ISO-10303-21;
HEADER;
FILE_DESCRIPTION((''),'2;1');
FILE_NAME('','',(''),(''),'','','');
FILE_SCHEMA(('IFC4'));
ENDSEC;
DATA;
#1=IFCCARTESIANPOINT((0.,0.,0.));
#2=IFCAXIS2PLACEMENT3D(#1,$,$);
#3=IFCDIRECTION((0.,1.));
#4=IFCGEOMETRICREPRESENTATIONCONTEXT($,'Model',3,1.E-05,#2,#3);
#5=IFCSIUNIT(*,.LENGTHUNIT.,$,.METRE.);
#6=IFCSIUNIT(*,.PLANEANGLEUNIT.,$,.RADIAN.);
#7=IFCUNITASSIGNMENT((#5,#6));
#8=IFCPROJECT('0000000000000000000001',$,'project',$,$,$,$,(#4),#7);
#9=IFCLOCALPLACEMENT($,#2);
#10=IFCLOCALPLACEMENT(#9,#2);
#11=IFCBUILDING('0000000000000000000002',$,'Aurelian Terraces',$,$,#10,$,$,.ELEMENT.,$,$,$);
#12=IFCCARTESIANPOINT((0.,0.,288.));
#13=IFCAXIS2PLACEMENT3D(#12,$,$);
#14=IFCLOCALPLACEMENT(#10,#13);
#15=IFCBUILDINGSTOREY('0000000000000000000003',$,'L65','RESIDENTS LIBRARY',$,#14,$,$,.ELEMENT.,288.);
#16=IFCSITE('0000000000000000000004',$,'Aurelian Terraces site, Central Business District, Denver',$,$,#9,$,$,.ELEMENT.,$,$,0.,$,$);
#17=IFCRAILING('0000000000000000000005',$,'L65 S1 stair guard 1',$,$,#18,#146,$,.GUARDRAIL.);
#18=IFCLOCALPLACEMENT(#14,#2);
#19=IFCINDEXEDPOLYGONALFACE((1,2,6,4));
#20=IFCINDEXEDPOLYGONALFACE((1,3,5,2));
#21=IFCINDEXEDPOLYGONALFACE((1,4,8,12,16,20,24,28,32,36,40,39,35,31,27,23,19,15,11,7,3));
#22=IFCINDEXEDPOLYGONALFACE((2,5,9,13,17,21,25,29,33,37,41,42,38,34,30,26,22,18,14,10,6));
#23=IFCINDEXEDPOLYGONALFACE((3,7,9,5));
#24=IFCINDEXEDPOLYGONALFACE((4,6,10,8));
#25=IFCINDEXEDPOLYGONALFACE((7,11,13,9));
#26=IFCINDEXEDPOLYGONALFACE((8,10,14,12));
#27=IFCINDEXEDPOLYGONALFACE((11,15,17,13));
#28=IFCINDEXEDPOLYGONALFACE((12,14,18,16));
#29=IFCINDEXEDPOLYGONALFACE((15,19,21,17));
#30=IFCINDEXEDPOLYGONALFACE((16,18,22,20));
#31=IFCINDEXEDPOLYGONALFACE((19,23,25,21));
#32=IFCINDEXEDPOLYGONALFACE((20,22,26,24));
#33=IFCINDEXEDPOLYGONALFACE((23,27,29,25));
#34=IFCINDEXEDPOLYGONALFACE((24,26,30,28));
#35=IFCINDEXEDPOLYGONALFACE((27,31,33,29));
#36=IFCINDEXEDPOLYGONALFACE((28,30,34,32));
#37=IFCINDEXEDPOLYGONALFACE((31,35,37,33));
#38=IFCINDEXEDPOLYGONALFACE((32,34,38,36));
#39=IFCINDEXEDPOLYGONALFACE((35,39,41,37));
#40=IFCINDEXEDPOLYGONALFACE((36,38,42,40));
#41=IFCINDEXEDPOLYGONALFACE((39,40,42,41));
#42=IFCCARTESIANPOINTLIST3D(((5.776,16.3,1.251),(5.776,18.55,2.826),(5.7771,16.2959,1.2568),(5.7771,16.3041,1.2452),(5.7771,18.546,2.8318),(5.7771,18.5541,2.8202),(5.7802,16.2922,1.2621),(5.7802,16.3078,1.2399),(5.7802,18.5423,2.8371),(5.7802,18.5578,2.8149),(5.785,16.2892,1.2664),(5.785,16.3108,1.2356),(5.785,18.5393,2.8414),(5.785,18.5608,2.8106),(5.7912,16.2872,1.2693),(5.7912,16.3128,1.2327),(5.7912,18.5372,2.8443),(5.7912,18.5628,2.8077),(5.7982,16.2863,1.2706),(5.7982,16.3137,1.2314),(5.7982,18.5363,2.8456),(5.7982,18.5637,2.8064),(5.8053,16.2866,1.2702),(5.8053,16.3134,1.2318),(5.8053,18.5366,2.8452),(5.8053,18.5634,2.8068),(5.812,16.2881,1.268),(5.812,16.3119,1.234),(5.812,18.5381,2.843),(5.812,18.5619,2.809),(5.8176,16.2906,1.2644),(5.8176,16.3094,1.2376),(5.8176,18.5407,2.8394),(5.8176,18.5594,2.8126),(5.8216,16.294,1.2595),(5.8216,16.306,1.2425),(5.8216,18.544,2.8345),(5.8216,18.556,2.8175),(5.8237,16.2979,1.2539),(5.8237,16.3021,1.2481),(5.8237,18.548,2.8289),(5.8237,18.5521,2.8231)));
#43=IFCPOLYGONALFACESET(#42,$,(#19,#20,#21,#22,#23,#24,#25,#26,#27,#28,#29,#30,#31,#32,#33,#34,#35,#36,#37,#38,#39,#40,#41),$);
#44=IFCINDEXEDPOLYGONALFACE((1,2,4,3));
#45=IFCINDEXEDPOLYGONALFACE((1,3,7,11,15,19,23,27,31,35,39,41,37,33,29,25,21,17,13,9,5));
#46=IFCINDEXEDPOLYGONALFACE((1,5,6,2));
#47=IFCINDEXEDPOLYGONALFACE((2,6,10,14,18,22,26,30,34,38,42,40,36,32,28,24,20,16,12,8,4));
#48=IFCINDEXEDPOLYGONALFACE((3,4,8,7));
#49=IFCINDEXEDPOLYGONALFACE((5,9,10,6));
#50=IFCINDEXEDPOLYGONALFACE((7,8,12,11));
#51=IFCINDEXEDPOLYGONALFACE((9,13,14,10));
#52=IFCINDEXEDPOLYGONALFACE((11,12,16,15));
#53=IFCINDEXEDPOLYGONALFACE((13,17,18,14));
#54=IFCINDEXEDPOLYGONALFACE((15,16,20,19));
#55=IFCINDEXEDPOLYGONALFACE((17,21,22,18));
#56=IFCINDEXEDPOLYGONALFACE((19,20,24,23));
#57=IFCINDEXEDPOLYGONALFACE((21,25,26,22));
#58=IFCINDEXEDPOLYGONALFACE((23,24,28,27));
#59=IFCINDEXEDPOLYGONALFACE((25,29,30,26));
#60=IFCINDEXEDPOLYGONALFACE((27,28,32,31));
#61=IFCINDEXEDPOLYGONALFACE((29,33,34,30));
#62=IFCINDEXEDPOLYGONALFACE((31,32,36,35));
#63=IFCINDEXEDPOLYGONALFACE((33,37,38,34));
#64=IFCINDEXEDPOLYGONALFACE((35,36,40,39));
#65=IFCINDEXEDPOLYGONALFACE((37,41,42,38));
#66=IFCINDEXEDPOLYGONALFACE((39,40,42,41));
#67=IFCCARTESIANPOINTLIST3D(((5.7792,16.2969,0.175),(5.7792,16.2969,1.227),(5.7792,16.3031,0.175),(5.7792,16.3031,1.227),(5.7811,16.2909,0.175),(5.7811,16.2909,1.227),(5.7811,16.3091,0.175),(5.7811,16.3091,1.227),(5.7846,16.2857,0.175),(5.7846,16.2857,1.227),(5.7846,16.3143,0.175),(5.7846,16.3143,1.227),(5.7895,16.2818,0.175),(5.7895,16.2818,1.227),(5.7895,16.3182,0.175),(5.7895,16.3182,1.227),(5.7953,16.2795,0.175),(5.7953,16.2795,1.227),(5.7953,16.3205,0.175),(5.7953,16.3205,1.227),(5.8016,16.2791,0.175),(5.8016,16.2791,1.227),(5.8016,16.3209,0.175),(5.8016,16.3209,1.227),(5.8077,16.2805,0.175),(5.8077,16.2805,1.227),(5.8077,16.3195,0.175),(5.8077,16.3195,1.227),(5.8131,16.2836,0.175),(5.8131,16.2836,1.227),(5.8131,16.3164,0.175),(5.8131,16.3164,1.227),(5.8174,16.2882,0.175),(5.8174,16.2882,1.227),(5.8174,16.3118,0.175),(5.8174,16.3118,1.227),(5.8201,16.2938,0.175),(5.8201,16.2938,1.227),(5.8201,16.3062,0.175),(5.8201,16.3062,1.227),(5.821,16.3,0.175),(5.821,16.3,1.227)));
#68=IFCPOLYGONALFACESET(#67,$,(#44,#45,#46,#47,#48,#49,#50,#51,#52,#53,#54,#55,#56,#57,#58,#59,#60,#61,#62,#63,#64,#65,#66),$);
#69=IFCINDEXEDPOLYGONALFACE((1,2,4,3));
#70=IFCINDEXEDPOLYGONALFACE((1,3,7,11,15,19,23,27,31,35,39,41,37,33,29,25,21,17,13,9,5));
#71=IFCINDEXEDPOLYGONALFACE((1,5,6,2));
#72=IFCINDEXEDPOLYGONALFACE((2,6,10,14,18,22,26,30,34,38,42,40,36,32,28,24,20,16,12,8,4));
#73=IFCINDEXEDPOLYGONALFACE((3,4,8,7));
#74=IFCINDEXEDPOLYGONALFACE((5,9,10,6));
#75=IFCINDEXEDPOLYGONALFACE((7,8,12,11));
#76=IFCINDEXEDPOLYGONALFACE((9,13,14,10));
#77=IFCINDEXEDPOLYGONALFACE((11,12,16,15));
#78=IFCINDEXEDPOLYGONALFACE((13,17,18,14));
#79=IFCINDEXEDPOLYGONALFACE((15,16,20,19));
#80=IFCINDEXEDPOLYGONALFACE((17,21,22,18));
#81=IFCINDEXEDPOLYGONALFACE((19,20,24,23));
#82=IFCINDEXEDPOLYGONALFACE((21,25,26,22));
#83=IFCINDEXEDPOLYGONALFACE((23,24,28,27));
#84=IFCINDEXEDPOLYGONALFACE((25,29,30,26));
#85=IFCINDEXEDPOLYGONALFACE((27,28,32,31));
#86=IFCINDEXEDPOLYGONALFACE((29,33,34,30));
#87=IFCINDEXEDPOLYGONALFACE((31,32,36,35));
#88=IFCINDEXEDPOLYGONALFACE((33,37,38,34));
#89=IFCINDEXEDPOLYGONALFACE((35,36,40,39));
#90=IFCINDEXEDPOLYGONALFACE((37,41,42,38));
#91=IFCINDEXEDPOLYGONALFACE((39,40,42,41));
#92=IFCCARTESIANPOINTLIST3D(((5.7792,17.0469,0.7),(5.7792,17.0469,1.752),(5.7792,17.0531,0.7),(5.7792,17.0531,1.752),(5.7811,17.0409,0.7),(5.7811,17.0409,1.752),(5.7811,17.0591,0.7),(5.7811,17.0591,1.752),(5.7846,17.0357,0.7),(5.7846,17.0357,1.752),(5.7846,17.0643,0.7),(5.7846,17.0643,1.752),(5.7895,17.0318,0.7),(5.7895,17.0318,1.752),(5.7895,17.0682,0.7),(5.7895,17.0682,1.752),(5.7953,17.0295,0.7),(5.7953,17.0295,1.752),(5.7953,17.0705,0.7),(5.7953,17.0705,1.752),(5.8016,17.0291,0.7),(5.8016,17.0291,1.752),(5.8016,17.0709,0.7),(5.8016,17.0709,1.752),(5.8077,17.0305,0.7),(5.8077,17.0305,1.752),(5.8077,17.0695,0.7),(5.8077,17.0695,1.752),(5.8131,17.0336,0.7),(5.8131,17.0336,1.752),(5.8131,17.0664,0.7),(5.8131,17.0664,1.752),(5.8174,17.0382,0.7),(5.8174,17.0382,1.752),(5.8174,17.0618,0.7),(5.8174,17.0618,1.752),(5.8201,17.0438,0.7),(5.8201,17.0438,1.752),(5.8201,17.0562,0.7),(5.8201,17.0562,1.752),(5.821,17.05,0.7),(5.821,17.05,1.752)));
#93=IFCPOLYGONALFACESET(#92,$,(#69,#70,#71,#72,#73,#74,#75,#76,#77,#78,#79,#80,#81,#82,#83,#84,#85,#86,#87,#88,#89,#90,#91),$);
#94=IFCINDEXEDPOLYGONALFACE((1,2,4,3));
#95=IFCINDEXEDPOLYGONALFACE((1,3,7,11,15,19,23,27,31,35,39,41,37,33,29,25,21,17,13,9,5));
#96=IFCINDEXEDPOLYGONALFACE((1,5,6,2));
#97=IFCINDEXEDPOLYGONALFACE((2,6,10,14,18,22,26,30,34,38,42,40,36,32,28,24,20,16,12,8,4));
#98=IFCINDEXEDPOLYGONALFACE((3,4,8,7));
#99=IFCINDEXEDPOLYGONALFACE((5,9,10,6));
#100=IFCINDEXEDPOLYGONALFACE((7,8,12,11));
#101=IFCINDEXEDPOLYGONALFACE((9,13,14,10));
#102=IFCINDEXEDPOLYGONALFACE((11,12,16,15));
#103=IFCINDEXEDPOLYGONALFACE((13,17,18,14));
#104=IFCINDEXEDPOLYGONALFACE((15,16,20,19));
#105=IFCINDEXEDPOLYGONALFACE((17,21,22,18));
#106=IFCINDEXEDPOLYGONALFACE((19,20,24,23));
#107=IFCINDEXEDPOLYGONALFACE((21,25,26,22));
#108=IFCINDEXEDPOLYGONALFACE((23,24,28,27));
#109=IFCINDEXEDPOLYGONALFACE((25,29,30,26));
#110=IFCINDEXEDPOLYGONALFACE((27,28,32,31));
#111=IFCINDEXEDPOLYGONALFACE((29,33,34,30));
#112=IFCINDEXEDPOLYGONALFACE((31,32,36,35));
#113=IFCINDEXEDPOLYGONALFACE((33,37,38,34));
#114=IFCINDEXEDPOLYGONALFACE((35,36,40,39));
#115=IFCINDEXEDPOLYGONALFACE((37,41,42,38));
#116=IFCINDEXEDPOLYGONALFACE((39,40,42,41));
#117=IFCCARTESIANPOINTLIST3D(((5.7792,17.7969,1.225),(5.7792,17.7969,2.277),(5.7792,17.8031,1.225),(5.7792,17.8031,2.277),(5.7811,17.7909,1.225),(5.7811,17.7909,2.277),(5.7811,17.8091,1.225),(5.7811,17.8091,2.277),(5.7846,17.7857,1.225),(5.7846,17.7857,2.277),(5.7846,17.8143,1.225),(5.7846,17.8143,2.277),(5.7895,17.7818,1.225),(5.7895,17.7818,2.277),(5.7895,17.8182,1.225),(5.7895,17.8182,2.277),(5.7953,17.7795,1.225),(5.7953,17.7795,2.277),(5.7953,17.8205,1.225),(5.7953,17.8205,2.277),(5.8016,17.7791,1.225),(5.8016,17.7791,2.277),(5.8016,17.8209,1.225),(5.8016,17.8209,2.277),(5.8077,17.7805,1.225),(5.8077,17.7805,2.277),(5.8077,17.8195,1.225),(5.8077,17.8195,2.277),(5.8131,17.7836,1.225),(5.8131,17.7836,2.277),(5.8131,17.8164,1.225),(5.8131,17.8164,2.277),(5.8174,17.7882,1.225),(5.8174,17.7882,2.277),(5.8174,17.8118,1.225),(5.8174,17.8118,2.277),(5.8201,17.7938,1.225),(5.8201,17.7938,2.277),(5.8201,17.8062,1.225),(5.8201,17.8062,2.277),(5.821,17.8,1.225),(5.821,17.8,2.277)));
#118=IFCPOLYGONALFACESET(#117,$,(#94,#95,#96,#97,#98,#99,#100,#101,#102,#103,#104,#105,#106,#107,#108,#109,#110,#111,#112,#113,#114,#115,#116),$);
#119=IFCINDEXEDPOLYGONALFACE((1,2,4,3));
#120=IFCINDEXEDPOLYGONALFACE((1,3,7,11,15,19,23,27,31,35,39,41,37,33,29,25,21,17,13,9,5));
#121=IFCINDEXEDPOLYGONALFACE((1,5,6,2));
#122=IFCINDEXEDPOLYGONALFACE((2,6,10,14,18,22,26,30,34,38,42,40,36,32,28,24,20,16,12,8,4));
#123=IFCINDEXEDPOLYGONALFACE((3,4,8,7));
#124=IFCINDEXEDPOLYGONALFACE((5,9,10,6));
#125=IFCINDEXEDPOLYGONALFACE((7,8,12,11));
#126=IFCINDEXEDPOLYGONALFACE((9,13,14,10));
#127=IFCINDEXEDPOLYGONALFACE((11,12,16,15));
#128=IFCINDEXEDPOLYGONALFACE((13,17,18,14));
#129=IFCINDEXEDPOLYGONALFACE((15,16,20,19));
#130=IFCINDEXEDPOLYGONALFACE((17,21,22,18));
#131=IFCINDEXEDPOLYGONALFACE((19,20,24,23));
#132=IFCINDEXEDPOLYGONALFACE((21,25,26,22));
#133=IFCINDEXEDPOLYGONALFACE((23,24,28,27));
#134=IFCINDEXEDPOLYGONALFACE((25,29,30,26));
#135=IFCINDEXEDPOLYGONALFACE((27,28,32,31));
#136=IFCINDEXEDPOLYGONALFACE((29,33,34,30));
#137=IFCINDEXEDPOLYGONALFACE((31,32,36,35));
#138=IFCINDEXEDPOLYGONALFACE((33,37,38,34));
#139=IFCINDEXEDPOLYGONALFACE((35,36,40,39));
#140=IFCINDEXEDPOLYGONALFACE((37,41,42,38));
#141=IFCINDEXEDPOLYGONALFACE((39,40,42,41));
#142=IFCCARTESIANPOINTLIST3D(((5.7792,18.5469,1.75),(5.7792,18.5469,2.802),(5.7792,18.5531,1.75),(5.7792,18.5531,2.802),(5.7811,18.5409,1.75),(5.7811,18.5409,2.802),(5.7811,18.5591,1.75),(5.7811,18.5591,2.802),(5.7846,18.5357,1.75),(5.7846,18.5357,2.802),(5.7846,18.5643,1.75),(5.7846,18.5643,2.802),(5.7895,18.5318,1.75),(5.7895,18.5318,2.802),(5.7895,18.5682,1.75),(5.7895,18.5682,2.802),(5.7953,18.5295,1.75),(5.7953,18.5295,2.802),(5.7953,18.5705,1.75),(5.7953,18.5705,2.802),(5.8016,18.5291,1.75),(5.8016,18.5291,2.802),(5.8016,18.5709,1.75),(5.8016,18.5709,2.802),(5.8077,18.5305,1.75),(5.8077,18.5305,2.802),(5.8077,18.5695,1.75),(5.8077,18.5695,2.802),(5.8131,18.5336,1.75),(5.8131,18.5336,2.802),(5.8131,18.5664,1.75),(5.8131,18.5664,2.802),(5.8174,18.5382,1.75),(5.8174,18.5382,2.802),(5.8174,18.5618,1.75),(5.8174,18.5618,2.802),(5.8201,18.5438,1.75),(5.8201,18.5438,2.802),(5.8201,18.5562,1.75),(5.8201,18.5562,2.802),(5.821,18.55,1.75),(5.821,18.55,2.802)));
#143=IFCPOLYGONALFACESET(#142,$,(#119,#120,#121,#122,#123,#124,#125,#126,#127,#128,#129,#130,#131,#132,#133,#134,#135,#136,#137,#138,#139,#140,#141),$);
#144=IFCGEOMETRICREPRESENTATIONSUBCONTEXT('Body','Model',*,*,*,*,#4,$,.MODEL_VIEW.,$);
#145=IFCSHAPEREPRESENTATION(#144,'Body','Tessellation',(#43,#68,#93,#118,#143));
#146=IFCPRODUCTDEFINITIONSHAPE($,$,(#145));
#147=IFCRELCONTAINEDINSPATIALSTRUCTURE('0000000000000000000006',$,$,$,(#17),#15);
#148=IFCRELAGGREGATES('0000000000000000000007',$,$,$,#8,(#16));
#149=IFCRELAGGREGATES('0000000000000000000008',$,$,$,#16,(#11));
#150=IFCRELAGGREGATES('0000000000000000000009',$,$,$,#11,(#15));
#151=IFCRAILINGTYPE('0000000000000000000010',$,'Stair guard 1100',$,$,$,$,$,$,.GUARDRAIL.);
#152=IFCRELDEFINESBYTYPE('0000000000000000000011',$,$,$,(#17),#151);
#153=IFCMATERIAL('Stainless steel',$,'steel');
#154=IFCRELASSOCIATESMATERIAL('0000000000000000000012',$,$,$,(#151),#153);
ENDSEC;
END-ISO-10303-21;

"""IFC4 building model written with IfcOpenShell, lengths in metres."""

from ifc_helpers import new_model, si_unit, direction, frame, origin, origin_2d, place, context, subcontext, project, spatial, circle, extrude, source, transform, mapped, material, type_object, element, save


model = new_model("IFC4")

# Units and contexts
model_context = context("Model", 3, precision=1e-05, world=origin(), true_north=direction((0.0, 1.0)))
body_context = subcontext(model_context, "Body", "Model", "MODEL_VIEW")
ifc_project = project(units=[si_unit("LENGTHUNIT", "METRE"), si_unit("PLANEANGLEUNIT", "RADIAN")], contexts=[model_context])

# Site, building, storey
site_placement = place(None, origin())
site = spatial("IfcSite", under=ifc_project, at=site_placement, Name="Aurelian Terraces site, Central Business District, Denver", CompositionType="ELEMENT", RefElevation=0.0)
building_placement = place(site_placement, origin())
building = spatial("IfcBuilding", under=site, at=building_placement, Name="Aurelian Terraces", CompositionType="ELEMENT")
storey_placement = place(building_placement, frame((0.0, 0.0, 288.0)))
storey = spatial("IfcBuildingStorey", under=building, at=storey_placement, Name="L65", Description="RESIDENTS LIBRARY", CompositionType="ELEMENT", Elevation=288.0)

# Railing
ifc_material_1 = material(Name="Stainless steel", Category="steel")
railing_type_1 = type_object("IfcRailingType", Name="Stair guard 1100", PredefinedType="GUARDRAIL", material=ifc_material_1)
shared_shape_1 = source(origin(), body_context, "Body", "SweptSolid", [
    extrude(circle(Radius=0.024, at=origin_2d()), frame((0.0, 0.0, 1.076), z_axis=(0.0, 0.819232, 0.573462), x_axis=(-1.0, 0.0, 0.0)), (0.0, 0.0, 1.0), 2.7465),
    extrude(circle(Radius=0.021, at=origin_2d()), origin(), (0.0, 0.0, 1.0), 1.052),
    extrude(circle(Radius=0.021, at=origin_2d()), frame((0.0, 0.75, 0.525)), (0.0, 0.0, 1.0), 1.052),
    extrude(circle(Radius=0.021, at=origin_2d()), frame((0.0, 1.5, 1.05)), (0.0, 0.0, 1.0), 1.052),
    extrude(circle(Radius=0.021, at=origin_2d()), frame((0.0, 2.25, 1.575)), (0.0, 0.0, 1.0), 1.052),
])
railing_1_placement = place(storey_placement, frame((5.8, 16.3, 0.175)))
element("IfcRailing", 1, at=railing_1_placement, inside=storey, type_object=railing_type_1, Name="L65 S1 stair guard 1", PredefinedType="GUARDRAIL", context=body_context, shape_type="MappedRepresentation", body=[
    mapped(shared_shape_1, transform((0.0, 0.0, 0.0), scale=1.0)),
])

save(model, "model.ifc")
